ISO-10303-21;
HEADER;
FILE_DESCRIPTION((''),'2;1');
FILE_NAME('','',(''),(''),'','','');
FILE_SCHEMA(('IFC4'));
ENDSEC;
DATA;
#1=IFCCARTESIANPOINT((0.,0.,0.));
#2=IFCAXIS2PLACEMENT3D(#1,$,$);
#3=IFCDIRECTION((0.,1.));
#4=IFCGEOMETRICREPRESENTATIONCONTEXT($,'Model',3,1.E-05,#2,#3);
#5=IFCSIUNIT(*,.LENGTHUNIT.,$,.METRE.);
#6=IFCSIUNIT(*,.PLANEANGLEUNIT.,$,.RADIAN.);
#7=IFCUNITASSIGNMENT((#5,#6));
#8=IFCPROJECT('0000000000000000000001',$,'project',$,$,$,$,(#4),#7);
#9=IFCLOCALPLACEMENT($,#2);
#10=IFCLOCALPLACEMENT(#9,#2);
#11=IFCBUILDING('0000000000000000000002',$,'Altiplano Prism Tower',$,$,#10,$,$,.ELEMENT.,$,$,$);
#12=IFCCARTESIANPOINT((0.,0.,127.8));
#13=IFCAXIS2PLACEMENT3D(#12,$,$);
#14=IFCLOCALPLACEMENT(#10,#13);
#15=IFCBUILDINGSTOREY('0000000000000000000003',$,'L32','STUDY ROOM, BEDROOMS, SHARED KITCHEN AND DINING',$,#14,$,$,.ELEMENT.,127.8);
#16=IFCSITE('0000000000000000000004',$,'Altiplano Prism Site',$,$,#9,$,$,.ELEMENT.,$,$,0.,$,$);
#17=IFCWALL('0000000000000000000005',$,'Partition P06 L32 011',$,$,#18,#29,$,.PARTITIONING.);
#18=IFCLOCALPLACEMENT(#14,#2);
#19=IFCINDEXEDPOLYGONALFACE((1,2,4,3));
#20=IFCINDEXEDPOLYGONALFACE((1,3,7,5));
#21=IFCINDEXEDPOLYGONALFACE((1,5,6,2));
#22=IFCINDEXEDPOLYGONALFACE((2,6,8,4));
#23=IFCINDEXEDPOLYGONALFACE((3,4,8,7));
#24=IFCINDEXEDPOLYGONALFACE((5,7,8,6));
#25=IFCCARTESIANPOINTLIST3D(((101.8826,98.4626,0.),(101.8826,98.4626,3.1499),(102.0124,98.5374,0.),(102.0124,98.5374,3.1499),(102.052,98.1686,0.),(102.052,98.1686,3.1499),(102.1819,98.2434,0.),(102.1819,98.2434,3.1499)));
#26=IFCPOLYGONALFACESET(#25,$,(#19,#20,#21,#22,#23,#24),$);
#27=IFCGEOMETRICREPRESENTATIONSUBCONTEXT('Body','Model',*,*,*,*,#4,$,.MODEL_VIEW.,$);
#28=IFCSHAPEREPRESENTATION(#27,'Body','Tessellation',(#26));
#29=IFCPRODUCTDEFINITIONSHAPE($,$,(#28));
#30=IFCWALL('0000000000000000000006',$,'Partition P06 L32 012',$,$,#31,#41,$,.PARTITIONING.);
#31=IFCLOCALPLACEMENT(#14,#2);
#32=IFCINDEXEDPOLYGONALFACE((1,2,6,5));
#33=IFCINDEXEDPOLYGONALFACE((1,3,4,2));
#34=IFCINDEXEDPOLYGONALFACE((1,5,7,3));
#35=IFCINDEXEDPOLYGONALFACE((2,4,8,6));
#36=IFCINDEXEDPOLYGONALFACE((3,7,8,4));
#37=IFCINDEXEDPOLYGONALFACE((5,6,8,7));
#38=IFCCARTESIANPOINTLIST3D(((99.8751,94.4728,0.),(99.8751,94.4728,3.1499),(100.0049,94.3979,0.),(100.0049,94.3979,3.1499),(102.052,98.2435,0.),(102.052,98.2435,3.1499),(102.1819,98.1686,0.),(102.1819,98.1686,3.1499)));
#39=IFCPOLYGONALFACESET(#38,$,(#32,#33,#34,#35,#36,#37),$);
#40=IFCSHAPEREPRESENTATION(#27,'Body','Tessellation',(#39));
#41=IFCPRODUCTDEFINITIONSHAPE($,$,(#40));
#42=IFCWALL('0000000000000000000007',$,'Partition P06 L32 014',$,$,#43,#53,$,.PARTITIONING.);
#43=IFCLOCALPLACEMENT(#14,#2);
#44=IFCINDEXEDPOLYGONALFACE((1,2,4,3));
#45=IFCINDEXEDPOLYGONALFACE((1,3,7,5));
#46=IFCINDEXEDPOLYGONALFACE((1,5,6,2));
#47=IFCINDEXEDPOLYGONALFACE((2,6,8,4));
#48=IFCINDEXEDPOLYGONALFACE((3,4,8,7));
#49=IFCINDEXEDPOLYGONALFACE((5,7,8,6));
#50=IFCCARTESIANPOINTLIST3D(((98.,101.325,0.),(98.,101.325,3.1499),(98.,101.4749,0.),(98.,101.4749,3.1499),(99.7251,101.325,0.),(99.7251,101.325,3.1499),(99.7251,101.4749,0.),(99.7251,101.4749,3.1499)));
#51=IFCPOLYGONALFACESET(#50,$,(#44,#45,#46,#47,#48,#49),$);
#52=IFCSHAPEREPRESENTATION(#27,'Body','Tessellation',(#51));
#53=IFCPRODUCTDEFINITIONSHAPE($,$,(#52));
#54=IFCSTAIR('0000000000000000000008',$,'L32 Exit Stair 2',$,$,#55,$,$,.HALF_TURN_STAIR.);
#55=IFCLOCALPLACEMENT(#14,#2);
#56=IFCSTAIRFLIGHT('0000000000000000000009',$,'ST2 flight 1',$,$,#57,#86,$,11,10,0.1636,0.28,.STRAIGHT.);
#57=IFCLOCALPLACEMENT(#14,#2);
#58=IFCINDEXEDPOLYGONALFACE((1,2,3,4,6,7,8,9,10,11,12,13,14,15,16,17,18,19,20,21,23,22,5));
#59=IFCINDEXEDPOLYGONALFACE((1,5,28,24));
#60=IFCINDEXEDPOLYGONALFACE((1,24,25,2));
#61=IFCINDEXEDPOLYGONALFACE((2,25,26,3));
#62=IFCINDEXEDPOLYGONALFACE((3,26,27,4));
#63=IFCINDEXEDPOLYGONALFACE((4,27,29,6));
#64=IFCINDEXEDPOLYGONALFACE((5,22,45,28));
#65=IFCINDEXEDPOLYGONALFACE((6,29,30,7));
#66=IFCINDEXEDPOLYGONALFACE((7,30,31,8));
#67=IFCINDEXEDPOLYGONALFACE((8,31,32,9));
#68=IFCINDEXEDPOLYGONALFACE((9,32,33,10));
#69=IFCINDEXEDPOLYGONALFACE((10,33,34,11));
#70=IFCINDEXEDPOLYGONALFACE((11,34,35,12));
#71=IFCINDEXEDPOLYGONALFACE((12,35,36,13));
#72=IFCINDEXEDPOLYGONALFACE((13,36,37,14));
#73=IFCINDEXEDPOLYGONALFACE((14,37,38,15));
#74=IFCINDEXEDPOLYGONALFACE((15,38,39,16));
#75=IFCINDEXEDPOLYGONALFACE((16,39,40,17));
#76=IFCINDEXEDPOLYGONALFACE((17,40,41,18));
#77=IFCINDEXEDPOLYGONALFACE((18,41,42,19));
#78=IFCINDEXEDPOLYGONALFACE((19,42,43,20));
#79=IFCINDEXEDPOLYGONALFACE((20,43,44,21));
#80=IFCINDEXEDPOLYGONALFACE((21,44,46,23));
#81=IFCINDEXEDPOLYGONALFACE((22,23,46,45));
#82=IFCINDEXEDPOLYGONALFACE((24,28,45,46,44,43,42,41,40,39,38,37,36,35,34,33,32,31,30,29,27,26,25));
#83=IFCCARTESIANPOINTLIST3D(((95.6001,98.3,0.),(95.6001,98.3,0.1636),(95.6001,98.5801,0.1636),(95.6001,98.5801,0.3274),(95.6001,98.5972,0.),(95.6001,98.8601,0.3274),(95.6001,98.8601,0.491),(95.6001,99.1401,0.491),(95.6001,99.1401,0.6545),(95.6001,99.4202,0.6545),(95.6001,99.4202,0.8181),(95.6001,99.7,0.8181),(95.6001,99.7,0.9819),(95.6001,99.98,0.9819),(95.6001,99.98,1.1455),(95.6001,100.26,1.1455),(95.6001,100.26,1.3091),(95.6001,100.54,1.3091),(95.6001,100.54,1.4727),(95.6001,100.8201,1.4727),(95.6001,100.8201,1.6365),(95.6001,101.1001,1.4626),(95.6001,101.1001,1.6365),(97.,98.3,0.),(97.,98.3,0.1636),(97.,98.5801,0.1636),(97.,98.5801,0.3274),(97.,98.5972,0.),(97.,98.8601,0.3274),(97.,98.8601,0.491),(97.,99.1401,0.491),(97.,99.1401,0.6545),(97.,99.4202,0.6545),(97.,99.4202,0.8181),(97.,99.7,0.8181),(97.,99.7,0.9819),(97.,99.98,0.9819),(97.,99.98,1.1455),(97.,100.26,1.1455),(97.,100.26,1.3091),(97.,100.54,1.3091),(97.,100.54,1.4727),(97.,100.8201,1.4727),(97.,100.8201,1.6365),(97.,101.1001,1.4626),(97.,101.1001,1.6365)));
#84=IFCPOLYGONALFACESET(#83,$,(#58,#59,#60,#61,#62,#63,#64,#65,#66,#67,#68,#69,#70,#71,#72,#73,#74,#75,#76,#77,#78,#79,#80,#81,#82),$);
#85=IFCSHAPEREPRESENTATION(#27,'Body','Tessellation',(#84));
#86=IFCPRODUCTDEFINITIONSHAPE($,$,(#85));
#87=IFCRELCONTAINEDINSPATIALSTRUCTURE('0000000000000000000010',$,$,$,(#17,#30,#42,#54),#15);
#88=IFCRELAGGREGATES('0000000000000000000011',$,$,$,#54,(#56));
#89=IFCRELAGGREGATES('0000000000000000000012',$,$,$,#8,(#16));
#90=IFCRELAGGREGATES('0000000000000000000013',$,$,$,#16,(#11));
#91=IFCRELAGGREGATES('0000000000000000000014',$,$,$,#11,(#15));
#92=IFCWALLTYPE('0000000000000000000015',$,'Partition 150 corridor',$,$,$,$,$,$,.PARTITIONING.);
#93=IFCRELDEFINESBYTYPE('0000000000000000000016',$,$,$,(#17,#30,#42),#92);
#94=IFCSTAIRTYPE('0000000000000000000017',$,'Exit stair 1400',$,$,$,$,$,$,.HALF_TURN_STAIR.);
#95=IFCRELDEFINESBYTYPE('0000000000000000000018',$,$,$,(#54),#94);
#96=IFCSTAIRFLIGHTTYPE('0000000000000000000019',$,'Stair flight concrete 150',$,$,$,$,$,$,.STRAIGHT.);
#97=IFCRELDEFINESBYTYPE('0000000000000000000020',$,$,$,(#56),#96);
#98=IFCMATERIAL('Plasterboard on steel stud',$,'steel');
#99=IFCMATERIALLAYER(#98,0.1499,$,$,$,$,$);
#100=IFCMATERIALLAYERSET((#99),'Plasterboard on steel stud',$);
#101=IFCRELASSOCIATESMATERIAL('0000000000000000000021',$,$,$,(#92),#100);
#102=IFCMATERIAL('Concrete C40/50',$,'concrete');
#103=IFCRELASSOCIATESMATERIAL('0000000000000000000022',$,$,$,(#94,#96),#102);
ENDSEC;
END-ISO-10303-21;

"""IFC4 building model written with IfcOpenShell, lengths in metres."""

from ifc_helpers import new_model, si_unit, direction, frame, frame_2d, origin, place, context, subcontext, project, spatial, polyline, rectangle, outline, extrude, material, layer, layer_set, type_object, element, aggregate, save


model = new_model("IFC4")

# Units and contexts
model_context = context("Model", 3, precision=1e-05, world=origin(), true_north=direction((0.0, 1.0)))
body_context = subcontext(model_context, "Body", "Model", "MODEL_VIEW")
ifc_project = project(units=[si_unit("LENGTHUNIT", "METRE"), si_unit("PLANEANGLEUNIT", "RADIAN")], contexts=[model_context])

# Site, building, storey
site_placement = place(None, origin())
site = spatial("IfcSite", under=ifc_project, at=site_placement, Name="Altiplano Prism Site", CompositionType="ELEMENT", RefElevation=0.0)
building_placement = place(site_placement, origin())
building = spatial("IfcBuilding", under=site, at=building_placement, Name="Altiplano Prism Tower", CompositionType="ELEMENT")
storey_placement = place(building_placement, frame((0.0, 0.0, 127.8)))
storey = spatial("IfcBuildingStorey", under=building, at=storey_placement, Name="L32", Description="STUDY ROOM, BEDROOMS, SHARED KITCHEN AND DINING", CompositionType="ELEMENT", Elevation=127.8)

# Walls
ifc_material_1 = material(Name="Plasterboard on steel stud", Category="steel")
ifc_layer_1 = layer(ifc_material_1, 0.1499)
ifc_layer_set_1 = layer_set([ifc_layer_1], Name="Plasterboard on steel stud")
wall_type_1 = type_object("IfcWallType", Name="Partition 150 corridor", PredefinedType="PARTITIONING", material=ifc_layer_set_1)
wall_1_placement = place(storey_placement, frame((101.9475, 98.5, 0.0), z_axis=(0.0, 0.0, 1.0), x_axis=(0.49939, -0.866377, 0.0)))
element("IfcWall", 1, at=wall_1_placement, inside=storey, type_object=wall_type_1, Name="Partition P06 L32 011", PredefinedType="PARTITIONING", context=body_context, shape_type="SweptSolid", body=[
    extrude(rectangle(XDim=0.3394, YDim=0.1499, at=frame_2d((0.1697, 0.0))), origin(), (0.0, 0.0, 1.0), 3.1499),
])
wall_2_placement = place(storey_placement, frame((102.1169, 98.2061, 0.0), z_axis=(0.0, 0.0, 1.0), x_axis=(-0.499993, -0.86603, 0.0)))
element("IfcWall", 2, at=wall_2_placement, inside=storey, type_object=wall_type_1, Name="Partition P06 L32 012", PredefinedType="PARTITIONING", context=body_context, shape_type="SweptSolid", body=[
    extrude(rectangle(XDim=4.354, YDim=0.1499, at=frame_2d((2.177, 0.0))), origin(), (0.0, 0.0, 1.0), 3.1499),
])
wall_3_placement = place(storey_placement, frame((99.7251, 101.3999, 0.0), z_axis=(0.0, 0.0, 1.0), x_axis=(-1.0, 0.0, 0.0)))
element("IfcWall", 3, at=wall_3_placement, inside=storey, type_object=wall_type_1, Name="Partition P06 L32 014", PredefinedType="PARTITIONING", context=body_context, shape_type="SweptSolid", body=[
    extrude(rectangle(XDim=1.7251, YDim=0.1499, at=frame_2d((0.8625, 0.0))), origin(), (0.0, 0.0, 1.0), 3.1499),
])

# Stair, stair flight
ifc_material_2 = material(Name="Concrete C40/50", Category="concrete")
stair_type = type_object("IfcStairType", Name="Exit stair 1400", PredefinedType="HALF_TURN_STAIR", material=ifc_material_2)
stair_placement = place(storey_placement, origin())
stair = element("IfcStair", 4, at=stair_placement, inside=storey, type_object=stair_type, Name="L32 Exit Stair 2", PredefinedType="HALF_TURN_STAIR")
stair_flight_type = type_object("IfcStairFlightType", Name="Stair flight concrete 150", PredefinedType="STRAIGHT", material=ifc_material_2)
stair_flight_placement = place(storey_placement, frame((96.3, 98.3, 0.0), z_axis=(0.0, 0.0, 1.0), x_axis=(0.0, 1.0, 0.0)))
stair_flight = element("IfcStairFlight", 5, at=stair_flight_placement, type_object=stair_flight_type, Name="ST2 flight 1", NumberOfRisers=11, NumberOfTreads=10, PredefinedType="STRAIGHT", RiserHeight=0.1636, TreadLength=0.28, context=body_context, shape_type="SweptSolid", body=[
    extrude(outline(polyline([(0.0, 0.0), (0.0, 0.1636), (0.28, 0.1636), (0.28, 0.3274), (0.5601, 0.3274), (0.5601, 0.491), (0.8401, 0.491), (0.8401, 0.6545), (1.1201, 0.6545), (1.1201, 0.8181), (1.3999, 0.8181), (1.3999, 0.9819), (1.6799, 0.9819), (1.6799, 1.1455), (1.96, 1.1455), (1.96, 1.3091), (2.24, 1.3091), (2.24, 1.4727), (2.52, 1.4727), (2.52, 1.6365), (2.8, 1.6365), (2.8, 1.8), (2.8, 1.4626), (0.2971, 0.0), (0.0, 0.0)])), frame((0.0, 0.7, 0.0), z_axis=(0.0, -1.0, 0.0), x_axis=(1.0, 0.0, 0.0)), (0.0, 0.0, 1.0), 1.3999),
])
aggregate(stair, [stair_flight])

save(model, "model.ifc")
